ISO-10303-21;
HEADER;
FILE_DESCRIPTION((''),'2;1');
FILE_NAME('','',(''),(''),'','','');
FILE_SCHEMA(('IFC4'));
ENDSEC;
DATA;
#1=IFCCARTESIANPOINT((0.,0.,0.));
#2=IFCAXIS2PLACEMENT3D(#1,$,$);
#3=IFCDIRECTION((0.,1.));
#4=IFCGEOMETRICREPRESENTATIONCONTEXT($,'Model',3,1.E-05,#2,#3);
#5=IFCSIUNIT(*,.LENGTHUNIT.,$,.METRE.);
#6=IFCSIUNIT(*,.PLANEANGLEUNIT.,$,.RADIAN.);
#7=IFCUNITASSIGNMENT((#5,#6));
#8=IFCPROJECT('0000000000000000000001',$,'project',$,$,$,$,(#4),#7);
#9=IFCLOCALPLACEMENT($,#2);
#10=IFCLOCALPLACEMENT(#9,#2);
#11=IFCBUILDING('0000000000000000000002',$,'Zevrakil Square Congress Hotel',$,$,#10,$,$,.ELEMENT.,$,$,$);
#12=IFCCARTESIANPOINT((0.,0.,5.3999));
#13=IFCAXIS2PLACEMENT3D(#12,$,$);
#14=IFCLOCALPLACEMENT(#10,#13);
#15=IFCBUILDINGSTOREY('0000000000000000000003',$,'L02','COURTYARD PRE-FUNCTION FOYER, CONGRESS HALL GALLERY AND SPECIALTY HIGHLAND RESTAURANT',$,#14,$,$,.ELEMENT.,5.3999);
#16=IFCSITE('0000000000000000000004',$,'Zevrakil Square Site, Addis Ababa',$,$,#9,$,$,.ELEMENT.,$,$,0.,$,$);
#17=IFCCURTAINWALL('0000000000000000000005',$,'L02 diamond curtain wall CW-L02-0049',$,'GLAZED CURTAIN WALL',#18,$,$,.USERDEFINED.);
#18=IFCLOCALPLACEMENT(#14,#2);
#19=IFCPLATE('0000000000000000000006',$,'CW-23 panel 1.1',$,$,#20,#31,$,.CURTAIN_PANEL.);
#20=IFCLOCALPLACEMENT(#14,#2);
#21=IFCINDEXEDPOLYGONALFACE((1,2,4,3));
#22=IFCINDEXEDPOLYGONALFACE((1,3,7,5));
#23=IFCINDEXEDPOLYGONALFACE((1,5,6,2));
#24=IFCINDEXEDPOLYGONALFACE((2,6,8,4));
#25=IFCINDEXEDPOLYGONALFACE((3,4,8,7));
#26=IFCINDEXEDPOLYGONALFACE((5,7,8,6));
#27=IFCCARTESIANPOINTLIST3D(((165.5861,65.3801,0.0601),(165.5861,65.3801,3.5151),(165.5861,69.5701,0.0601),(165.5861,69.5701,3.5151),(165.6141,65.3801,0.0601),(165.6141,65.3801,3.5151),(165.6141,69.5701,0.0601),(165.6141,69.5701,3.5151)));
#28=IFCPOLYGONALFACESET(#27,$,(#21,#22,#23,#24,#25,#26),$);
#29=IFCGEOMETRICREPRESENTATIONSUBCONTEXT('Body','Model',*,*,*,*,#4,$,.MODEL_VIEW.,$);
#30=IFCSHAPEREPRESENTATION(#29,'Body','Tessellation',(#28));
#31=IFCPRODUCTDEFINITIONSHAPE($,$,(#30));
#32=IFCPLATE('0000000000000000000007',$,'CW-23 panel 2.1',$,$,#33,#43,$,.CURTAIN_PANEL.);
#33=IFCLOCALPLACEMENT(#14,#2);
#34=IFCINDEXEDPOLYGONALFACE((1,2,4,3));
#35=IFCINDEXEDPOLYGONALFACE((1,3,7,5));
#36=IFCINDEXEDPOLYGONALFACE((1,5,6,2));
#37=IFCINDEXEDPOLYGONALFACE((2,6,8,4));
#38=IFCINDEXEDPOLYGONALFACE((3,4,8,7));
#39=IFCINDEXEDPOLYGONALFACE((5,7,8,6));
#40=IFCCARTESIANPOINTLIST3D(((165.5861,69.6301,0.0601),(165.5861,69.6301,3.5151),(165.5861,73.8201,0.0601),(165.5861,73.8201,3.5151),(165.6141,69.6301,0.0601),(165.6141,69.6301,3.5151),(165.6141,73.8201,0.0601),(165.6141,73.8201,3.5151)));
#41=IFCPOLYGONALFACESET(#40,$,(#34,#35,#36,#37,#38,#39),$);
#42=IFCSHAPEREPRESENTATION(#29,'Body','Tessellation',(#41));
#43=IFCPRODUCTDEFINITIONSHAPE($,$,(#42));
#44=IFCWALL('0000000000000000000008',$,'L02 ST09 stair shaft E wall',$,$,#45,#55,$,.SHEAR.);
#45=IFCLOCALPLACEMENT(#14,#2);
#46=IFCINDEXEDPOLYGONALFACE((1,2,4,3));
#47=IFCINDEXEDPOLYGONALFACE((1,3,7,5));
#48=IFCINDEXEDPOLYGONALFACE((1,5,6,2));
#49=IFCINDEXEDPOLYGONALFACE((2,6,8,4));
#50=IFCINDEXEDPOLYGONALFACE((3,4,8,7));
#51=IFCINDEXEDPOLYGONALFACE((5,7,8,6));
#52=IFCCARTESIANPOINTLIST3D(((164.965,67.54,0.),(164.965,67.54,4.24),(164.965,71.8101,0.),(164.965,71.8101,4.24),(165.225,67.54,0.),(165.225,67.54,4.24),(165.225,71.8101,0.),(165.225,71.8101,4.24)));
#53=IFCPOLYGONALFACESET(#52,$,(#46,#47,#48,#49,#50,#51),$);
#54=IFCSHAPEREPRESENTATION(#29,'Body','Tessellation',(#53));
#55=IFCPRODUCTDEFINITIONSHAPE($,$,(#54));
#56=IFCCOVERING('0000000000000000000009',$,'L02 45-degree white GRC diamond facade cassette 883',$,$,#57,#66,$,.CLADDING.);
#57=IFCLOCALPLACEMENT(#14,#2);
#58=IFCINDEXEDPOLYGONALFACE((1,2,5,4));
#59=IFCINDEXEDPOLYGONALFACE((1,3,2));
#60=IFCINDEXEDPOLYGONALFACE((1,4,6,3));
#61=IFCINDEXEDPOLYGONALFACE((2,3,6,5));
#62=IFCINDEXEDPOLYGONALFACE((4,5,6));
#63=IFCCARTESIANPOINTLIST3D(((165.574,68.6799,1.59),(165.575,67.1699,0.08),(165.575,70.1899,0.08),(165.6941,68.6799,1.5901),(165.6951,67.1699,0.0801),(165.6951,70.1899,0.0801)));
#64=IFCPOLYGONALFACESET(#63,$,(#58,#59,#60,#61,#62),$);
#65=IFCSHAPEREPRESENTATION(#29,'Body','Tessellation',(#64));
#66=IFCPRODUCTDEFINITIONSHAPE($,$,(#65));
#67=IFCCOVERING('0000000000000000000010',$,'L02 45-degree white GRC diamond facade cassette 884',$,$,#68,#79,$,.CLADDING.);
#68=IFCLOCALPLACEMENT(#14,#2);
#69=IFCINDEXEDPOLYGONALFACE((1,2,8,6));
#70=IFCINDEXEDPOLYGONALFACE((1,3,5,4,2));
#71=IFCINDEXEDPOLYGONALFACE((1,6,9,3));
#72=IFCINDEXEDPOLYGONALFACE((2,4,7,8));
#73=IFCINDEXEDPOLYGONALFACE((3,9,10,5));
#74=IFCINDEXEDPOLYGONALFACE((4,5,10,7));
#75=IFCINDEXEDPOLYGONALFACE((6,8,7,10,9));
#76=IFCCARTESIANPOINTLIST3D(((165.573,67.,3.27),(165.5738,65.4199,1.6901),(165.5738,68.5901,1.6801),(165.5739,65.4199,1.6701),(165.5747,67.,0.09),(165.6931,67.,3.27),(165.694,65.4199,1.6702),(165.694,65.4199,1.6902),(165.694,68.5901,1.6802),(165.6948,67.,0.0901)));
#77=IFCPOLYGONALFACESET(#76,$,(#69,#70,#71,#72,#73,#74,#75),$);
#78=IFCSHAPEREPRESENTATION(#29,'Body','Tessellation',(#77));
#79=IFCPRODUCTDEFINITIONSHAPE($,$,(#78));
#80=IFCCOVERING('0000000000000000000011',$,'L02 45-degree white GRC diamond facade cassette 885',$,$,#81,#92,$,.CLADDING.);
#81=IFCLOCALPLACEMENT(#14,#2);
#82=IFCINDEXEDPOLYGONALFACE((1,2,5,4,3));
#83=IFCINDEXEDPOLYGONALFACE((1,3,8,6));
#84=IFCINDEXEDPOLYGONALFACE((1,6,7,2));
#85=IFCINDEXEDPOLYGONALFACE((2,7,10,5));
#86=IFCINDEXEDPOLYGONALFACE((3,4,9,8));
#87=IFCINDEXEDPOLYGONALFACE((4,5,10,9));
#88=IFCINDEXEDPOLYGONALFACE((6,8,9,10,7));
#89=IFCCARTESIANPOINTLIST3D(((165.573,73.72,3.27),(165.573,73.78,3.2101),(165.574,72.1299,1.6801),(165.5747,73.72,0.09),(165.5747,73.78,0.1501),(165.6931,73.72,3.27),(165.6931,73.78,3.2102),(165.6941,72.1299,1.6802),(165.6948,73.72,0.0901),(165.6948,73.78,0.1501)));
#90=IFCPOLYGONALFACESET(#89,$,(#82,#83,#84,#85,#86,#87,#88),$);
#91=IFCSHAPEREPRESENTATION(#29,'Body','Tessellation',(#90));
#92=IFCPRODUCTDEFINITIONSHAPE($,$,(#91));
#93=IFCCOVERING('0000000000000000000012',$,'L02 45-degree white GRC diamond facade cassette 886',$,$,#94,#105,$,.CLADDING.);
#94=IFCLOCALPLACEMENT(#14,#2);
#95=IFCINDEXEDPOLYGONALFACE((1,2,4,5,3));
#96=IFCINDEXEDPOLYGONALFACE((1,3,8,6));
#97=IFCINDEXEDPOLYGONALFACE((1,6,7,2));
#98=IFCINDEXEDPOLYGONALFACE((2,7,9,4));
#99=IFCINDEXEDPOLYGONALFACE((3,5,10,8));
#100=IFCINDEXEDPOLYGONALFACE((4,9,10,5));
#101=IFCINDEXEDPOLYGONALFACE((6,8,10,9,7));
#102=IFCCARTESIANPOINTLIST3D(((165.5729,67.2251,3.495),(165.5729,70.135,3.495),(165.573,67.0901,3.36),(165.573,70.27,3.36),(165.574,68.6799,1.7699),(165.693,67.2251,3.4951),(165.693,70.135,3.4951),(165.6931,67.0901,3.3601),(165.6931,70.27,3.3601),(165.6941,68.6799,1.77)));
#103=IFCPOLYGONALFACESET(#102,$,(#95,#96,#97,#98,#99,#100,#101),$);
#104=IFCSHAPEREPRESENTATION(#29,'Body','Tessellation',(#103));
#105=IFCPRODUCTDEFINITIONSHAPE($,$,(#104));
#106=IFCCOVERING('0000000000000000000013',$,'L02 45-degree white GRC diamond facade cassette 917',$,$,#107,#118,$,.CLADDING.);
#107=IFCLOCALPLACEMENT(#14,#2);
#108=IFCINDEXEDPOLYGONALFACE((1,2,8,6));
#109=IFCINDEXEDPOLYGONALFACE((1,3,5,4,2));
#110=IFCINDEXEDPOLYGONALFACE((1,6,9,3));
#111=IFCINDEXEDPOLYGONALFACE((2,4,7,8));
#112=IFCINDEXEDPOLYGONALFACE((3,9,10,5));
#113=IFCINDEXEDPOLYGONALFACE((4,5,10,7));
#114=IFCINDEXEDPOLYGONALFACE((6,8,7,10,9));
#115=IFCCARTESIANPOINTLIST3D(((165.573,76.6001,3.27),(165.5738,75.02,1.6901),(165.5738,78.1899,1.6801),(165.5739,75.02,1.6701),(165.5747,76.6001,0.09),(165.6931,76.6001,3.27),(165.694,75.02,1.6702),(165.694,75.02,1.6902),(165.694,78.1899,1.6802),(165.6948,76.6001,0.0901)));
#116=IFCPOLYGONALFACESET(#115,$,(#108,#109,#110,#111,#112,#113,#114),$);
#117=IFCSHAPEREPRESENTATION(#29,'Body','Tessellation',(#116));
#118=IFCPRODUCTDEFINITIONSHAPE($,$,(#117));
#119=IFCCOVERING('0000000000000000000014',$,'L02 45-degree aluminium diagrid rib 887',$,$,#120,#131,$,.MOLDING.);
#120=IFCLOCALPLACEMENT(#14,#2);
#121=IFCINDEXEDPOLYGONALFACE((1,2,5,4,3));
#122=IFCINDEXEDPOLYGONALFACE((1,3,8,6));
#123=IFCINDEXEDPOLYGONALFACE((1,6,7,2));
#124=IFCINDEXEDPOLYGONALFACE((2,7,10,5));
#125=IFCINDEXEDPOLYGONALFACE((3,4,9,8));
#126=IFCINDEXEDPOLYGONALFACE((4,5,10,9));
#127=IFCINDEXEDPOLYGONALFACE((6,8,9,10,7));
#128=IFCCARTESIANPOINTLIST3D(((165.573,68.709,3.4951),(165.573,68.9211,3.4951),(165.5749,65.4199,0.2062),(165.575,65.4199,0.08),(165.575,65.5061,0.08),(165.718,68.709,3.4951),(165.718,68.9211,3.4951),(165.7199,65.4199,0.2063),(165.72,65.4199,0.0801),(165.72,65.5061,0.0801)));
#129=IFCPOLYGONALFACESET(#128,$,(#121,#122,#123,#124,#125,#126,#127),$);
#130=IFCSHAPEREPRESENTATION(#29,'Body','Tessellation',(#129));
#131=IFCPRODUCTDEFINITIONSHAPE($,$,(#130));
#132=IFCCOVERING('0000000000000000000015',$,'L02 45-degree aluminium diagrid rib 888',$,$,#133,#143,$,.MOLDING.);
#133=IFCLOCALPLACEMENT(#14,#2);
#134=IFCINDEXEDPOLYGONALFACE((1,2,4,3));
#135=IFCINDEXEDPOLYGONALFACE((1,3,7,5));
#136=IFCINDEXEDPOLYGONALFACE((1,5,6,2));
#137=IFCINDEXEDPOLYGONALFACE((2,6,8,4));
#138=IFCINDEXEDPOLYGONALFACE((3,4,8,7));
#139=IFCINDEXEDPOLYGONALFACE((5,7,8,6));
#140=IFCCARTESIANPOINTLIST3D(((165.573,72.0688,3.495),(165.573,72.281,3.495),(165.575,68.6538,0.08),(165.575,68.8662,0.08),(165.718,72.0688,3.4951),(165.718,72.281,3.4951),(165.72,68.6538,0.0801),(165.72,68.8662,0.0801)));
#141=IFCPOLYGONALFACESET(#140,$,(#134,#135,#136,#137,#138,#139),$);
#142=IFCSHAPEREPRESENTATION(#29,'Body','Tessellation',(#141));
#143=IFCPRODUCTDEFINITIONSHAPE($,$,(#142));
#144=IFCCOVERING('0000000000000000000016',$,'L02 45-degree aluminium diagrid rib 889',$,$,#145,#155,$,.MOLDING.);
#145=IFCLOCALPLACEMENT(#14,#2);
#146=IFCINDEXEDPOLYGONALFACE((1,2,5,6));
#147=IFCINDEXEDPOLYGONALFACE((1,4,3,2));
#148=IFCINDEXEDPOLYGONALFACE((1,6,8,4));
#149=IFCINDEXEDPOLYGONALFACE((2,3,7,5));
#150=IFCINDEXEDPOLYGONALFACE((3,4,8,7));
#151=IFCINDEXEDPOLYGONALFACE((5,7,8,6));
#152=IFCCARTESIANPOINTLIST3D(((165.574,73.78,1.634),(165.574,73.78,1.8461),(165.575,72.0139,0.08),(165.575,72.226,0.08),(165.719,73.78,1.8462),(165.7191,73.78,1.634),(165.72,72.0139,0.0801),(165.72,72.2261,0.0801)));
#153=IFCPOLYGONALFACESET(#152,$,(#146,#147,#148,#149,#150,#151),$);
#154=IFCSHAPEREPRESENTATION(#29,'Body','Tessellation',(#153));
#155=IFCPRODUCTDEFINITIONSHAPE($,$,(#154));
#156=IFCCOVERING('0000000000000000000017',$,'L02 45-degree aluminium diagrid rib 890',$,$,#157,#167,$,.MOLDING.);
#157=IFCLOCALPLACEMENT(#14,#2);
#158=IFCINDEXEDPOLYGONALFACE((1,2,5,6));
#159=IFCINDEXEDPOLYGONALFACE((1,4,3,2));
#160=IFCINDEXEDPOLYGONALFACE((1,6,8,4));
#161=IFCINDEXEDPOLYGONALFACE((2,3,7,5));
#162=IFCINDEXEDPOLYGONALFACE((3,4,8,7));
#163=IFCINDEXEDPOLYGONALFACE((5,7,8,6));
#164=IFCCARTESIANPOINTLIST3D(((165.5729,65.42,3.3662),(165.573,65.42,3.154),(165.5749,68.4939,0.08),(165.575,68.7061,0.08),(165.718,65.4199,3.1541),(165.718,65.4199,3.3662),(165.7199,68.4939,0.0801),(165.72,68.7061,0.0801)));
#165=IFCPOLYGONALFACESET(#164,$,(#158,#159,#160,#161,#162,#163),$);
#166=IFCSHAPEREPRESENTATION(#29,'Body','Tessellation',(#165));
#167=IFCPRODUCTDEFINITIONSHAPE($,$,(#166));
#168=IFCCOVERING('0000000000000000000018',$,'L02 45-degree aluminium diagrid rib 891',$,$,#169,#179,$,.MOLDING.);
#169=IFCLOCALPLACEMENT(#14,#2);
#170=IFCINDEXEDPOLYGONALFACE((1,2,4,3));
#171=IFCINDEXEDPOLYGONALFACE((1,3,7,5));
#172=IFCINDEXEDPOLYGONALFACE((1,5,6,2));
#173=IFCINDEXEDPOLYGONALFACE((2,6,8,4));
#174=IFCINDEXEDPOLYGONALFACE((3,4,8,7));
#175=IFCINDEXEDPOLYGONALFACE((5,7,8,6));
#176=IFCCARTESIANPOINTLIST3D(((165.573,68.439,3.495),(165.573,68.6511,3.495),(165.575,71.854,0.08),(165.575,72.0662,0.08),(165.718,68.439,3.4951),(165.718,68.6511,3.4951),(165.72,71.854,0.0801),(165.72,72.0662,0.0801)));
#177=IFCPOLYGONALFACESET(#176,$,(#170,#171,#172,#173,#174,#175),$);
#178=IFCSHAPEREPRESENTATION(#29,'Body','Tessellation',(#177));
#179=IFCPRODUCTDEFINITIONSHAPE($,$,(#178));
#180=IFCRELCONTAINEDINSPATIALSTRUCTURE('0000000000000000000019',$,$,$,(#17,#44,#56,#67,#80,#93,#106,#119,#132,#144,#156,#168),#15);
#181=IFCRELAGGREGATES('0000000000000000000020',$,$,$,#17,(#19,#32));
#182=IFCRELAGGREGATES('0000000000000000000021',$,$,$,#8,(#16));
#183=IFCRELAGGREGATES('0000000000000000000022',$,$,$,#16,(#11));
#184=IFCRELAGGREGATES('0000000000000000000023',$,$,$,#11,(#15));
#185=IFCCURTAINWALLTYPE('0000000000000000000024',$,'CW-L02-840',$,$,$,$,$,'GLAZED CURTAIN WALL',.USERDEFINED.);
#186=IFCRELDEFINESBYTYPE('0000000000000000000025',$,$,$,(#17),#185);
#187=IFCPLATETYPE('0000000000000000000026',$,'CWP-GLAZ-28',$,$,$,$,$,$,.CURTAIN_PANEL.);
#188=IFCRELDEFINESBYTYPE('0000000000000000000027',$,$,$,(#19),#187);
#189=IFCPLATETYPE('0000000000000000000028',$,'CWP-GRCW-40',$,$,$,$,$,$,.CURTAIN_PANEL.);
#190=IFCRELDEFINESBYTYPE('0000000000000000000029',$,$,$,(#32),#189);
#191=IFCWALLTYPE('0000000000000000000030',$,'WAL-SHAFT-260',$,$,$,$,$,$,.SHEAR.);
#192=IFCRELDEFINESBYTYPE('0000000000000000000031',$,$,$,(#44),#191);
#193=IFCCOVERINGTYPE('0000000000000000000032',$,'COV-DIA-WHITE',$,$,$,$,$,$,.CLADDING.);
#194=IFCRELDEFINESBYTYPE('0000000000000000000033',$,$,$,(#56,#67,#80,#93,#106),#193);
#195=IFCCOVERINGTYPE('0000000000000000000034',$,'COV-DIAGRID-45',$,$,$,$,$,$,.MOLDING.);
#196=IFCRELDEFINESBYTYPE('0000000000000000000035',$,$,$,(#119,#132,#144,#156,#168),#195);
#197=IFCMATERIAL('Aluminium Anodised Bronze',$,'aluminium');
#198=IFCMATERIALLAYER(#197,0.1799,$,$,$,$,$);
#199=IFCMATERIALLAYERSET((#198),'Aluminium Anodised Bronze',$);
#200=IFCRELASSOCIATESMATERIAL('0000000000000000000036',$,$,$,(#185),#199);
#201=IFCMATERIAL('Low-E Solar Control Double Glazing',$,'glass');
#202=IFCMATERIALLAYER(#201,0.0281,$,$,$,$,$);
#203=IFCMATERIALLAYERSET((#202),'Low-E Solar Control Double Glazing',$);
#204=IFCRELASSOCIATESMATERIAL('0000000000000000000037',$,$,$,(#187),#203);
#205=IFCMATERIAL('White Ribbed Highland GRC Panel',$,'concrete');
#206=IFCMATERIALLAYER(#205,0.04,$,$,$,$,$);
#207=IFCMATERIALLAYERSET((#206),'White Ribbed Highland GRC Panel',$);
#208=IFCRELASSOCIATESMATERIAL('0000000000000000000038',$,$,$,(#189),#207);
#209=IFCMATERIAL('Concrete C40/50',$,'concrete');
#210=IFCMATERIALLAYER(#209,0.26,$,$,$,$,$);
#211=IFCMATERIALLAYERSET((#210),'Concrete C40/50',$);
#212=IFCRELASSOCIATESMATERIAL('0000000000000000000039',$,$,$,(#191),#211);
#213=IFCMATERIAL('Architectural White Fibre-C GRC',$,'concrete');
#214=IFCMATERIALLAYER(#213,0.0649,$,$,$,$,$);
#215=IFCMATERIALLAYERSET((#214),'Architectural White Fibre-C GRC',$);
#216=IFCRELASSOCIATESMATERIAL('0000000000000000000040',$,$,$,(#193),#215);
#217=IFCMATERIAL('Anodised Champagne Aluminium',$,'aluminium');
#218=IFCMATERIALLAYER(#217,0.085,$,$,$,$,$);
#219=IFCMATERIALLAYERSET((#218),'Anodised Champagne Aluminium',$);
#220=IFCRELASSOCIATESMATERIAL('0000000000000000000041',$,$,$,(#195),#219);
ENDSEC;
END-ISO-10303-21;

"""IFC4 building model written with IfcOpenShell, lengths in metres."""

from ifc_helpers import new_model, si_unit, direction, frame, frame_2d, origin, origin_2d, place, context, subcontext, project, spatial, polyline, rectangle, outline, extrude, material, layer, layer_set, type_object, element, aggregate, save


model = new_model("IFC4")

# Units and contexts
model_context = context("Model", 3, precision=1e-05, world=origin(), true_north=direction((0.0, 1.0)))
body_context = subcontext(model_context, "Body", "Model", "MODEL_VIEW")
ifc_project = project(units=[si_unit("LENGTHUNIT", "METRE"), si_unit("PLANEANGLEUNIT", "RADIAN")], contexts=[model_context])

# Site, building, storey
site_placement = place(None, origin())
site = spatial("IfcSite", under=ifc_project, at=site_placement, Name="Zevrakil Square Site, Addis Ababa", CompositionType="ELEMENT", RefElevation=0.0)
building_placement = place(site_placement, origin())
building = spatial("IfcBuilding", under=site, at=building_placement, Name="Zevrakil Square Congress Hotel", CompositionType="ELEMENT")
storey_placement = place(building_placement, frame((0.0, 0.0, 5.3999)))
storey = spatial("IfcBuildingStorey", under=building, at=storey_placement, Name="L02", Description="COURTYARD PRE-FUNCTION FOYER, CONGRESS HALL GALLERY AND SPECIALTY HIGHLAND RESTAURANT", CompositionType="ELEMENT", Elevation=5.3999)

# Curtain wall
ifc_material_1 = material(Name="Aluminium Anodised Bronze", Category="aluminium")
ifc_layer_1 = layer(ifc_material_1, 0.1799)
ifc_layer_set_1 = layer_set([ifc_layer_1], Name="Aluminium Anodised Bronze")
curtain_wall_type = type_object("IfcCurtainWallType", Name="CW-L02-840", ElementType="GLAZED CURTAIN WALL", PredefinedType="USERDEFINED", material=ifc_layer_set_1)
curtain_wall_1_placement = place(storey_placement, origin())
curtain_wall_1 = element("IfcCurtainWall", 1, at=curtain_wall_1_placement, inside=storey, type_object=curtain_wall_type, Name="L02 diamond curtain wall CW-L02-0049", ObjectType="GLAZED CURTAIN WALL", PredefinedType="USERDEFINED")

# Plates
ifc_material_2 = material(Name="Low-E Solar Control Double Glazing", Category="glass")
ifc_layer_2 = layer(ifc_material_2, 0.0281)
ifc_layer_set_2 = layer_set([ifc_layer_2], Name="Low-E Solar Control Double Glazing")
plate_type_1 = type_object("IfcPlateType", Name="CWP-GLAZ-28", PredefinedType="CURTAIN_PANEL", material=ifc_layer_set_2)
plate_1_placement = place(storey_placement, frame((165.6001, 67.4751, 0.0601), z_axis=(0.0, 0.0, 1.0), x_axis=(0.0, 1.0, 0.0)))
plate_1 = element("IfcPlate", 2, at=plate_1_placement, type_object=plate_type_1, Name="CW-23 panel 1.1", PredefinedType="CURTAIN_PANEL", context=body_context, shape_type="SweptSolid", body=[
    extrude(rectangle(XDim=4.1899, YDim=0.0281, at=origin_2d()), origin(), (0.0, 0.0, 1.0), 3.4551),
])
ifc_material_3 = material(Name="White Ribbed Highland GRC Panel", Category="concrete")
ifc_layer_3 = layer(ifc_material_3, 0.04)
ifc_layer_set_3 = layer_set([ifc_layer_3], Name="White Ribbed Highland GRC Panel")
plate_type_2 = type_object("IfcPlateType", Name="CWP-GRCW-40", PredefinedType="CURTAIN_PANEL", material=ifc_layer_set_3)
plate_2_placement = place(storey_placement, frame((165.6001, 71.7251, 0.0601), z_axis=(0.0, 0.0, 1.0), x_axis=(0.0, 1.0, 0.0)))
plate_2 = element("IfcPlate", 3, at=plate_2_placement, type_object=plate_type_2, Name="CW-23 panel 2.1", PredefinedType="CURTAIN_PANEL", context=body_context, shape_type="SweptSolid", body=[
    extrude(rectangle(XDim=4.1899, YDim=0.0281, at=origin_2d()), origin(), (0.0, 0.0, 1.0), 3.4551),
])
aggregate(curtain_wall_1, [plate_1, plate_2])

# Wall
ifc_material_4 = material(Name="Concrete C40/50", Category="concrete")
ifc_layer_4 = layer(ifc_material_4, 0.26)
ifc_layer_set_4 = layer_set([ifc_layer_4], Name="Concrete C40/50")
wall_type = type_object("IfcWallType", Name="WAL-SHAFT-260", PredefinedType="SHEAR", material=ifc_layer_set_4)
wall_placement = place(storey_placement, frame((165.095, 67.54, 0.0), z_axis=(0.0, 0.0, 1.0), x_axis=(0.0, 1.0, 0.0)))
element("IfcWall", 4, at=wall_placement, inside=storey, type_object=wall_type, Name="L02 ST09 stair shaft E wall", PredefinedType="SHEAR", context=body_context, shape_type="SweptSolid", body=[
    extrude(rectangle(XDim=4.27, YDim=0.26, at=frame_2d((2.135, 0.0))), origin(), (0.0, 0.0, 1.0), 4.24),
])

# Coverings
ifc_material_5 = material(Name="Architectural White Fibre-C GRC", Category="concrete")
ifc_layer_5 = layer(ifc_material_5, 0.0649)
ifc_layer_set_5 = layer_set([ifc_layer_5], Name="Architectural White Fibre-C GRC")
covering_type_1 = type_object("IfcCoveringType", Name="COV-DIA-WHITE", PredefinedType="CLADDING", material=ifc_layer_set_5)
covering_1_placement = place(storey_placement, frame((165.6941, 68.6799, 1.5901), z_axis=(1.0, 0.0, 0.000647), x_axis=(0.000457, 0.707107, -0.707107)))
element("IfcCovering", 5, at=covering_1_placement, inside=storey, type_object=covering_type_1, Name="L02 45-degree white GRC diamond facade cassette 883", PredefinedType="CLADDING", context=body_context, shape_type="SweptSolid", body=[
    extrude(outline(polyline([(0.0, 0.0), (2.1355, 0.0), (0.0, -2.1355), (0.0, 0.0)])), origin(), (0.0, 0.0, -1.0), 0.1201),
])
covering_2_placement = place(storey_placement, frame((165.6931, 67.0, 3.27), z_axis=(1.0, 0.0, 0.000536), x_axis=(0.000379, 0.707161, -0.707052)))
element("IfcCovering", 6, at=covering_2_placement, inside=storey, type_object=covering_type_1, Name="L02 45-degree white GRC diamond facade cassette 884", PredefinedType="CLADDING", context=body_context, shape_type="SweptSolid", body=[
    extrude(outline(polyline([(0.0, 0.0), (2.2486, 0.0), (2.2484, -2.2487), (0.0138, -2.2486), (-0.0003, -2.2344), (0.0, 0.0)])), origin(), (0.0, 0.0, -1.0), 0.1201),
])
covering_3_placement = place(storey_placement, frame((165.6948, 73.72, 0.0901), z_axis=(1.0, 0.000071, 0.000538), x_axis=(-0.00033, -0.707107, 0.707107)))
element("IfcCovering", 7, at=covering_3_placement, inside=storey, type_object=covering_type_1, Name="L02 45-degree white GRC diamond facade cassette 885", PredefinedType="CLADDING", context=body_context, shape_type="SweptSolid", body=[
    extrude(outline(polyline([(0.0, 0.0), (2.2487, 0.0), (2.2486, -2.2486), (2.1638, -2.2487), (0.0, -0.0849), (0.0, 0.0)])), origin(), (0.0, 0.0, -1.0), 0.1201),
])
covering_4_placement = place(storey_placement, frame((165.6931, 70.27, 3.3601), z_axis=(1.0, 0.0, 0.000649), x_axis=(0.000459, -0.707107, -0.707107)))
element("IfcCovering", 8, at=covering_4_placement, inside=storey, type_object=covering_type_1, Name="L02 45-degree white GRC diamond facade cassette 886", PredefinedType="CLADDING", context=body_context, shape_type="SweptSolid", body=[
    extrude(outline(polyline([(0.0, 0.0), (2.2487, 0.0), (2.2486, -2.2486), (2.0576, -2.2486), (0.0, -0.1909), (0.0, 0.0)])), origin(), (0.0, 0.0, -1.0), 0.1201),
])
covering_5_placement = place(storey_placement, frame((165.6931, 76.6001, 3.27), z_axis=(1.0, 0.0, 0.000536), x_axis=(0.000379, 0.707107, -0.707107)))
element("IfcCovering", 9, at=covering_5_placement, inside=storey, type_object=covering_type_1, Name="L02 45-degree white GRC diamond facade cassette 917", PredefinedType="CLADDING", context=body_context, shape_type="SweptSolid", body=[
    extrude(outline(polyline([(0.0, 0.0), (2.2484, 0.0), (2.2486, -2.2486), (0.014, -2.2486), (-0.0002, -2.2344), (0.0, 0.0)])), origin(), (0.0, 0.0, -1.0), 0.1201),
])
ifc_material_6 = material(Name="Anodised Champagne Aluminium", Category="aluminium")
ifc_layer_6 = layer(ifc_material_6, 0.085)
ifc_layer_set_6 = layer_set([ifc_layer_6], Name="Anodised Champagne Aluminium")
covering_type_2 = type_object("IfcCoveringType", Name="COV-DIAGRID-45", PredefinedType="MOLDING", material=ifc_layer_set_6)
covering_6_placement = place(storey_placement, frame((165.72, 65.5061, 0.0801), z_axis=(1.0, 0.000172, 0.000406), x_axis=(0.000172, -1.0, 0.0)))
element("IfcCovering", 10, at=covering_6_placement, inside=storey, type_object=covering_type_2, Name="L02 45-degree aluminium diagrid rib 887", PredefinedType="MOLDING", context=body_context, shape_type="SweptSolid", body=[
    extrude(outline(polyline([(0.0, 0.0), (0.0862, 0.0), (0.0862, -0.1262), (-3.2029, -3.415), (-3.415, -3.415), (0.0, 0.0)])), origin(), (0.0, 0.0, -1.0), 0.145),
])
covering_7_placement = place(storey_placement, frame((165.72, 68.8662, 0.0801), z_axis=(1.0, 0.0, 0.000572), x_axis=(0.0, -1.0, 0.0)))
element("IfcCovering", 11, at=covering_7_placement, inside=storey, type_object=covering_type_2, Name="L02 45-degree aluminium diagrid rib 888", PredefinedType="MOLDING", context=body_context, shape_type="SweptSolid", body=[
    extrude(outline(polyline([(0.0, 0.0), (0.2124, 0.0), (-3.2026, -3.415), (-3.4148, -3.415), (0.0, 0.0)])), origin(), (0.0, 0.0, -1.0), 0.145),
])
covering_8_placement = place(storey_placement, frame((165.72, 72.2261, 0.0801), z_axis=(1.0, 0.000294, 0.000294), x_axis=(0.000294, -1.0, 0.0)))
element("IfcCovering", 12, at=covering_8_placement, inside=storey, type_object=covering_type_2, Name="L02 45-degree aluminium diagrid rib 889", PredefinedType="MOLDING", context=body_context, shape_type="SweptSolid", body=[
    extrude(outline(polyline([(0.0, 0.0), (0.2122, 0.0), (-1.554, -1.7661), (-1.554, -1.554), (0.0, 0.0)])), origin(), (0.0, 0.0, -1.0), 0.145),
])
covering_9_placement = place(storey_placement, frame((165.718, 65.4199, 3.1541), z_axis=(1.0, -0.000307, 0.000307), x_axis=(-0.000307, 0.0, 1.0)))
element("IfcCovering", 13, at=covering_9_placement, inside=storey, type_object=covering_type_2, Name="L02 45-degree aluminium diagrid rib 890", PredefinedType="MOLDING", context=body_context, shape_type="SweptSolid", body=[
    extrude(outline(polyline([(0.0, 0.0), (0.2122, 0.0), (-3.074, -3.2861), (-3.074, -3.074), (0.0, 0.0)])), origin(), (0.0, 0.0, -1.0), 0.145),
])
covering_10_placement = place(storey_placement, frame((165.718, 68.439, 3.4951), z_axis=(1.0, 0.0, 0.000572), x_axis=(0.0, 1.0, 0.0)))
element("IfcCovering", 14, at=covering_10_placement, inside=storey, type_object=covering_type_2, Name="L02 45-degree aluminium diagrid rib 891", PredefinedType="MOLDING", context=body_context, shape_type="SweptSolid", body=[
    extrude(outline(polyline([(0.0, 0.0), (0.2122, 0.0), (3.6272, -3.415), (3.415, -3.415), (0.0, 0.0)])), origin(), (0.0, 0.0, -1.0), 0.145),
])

save(model, "model.ifc")
